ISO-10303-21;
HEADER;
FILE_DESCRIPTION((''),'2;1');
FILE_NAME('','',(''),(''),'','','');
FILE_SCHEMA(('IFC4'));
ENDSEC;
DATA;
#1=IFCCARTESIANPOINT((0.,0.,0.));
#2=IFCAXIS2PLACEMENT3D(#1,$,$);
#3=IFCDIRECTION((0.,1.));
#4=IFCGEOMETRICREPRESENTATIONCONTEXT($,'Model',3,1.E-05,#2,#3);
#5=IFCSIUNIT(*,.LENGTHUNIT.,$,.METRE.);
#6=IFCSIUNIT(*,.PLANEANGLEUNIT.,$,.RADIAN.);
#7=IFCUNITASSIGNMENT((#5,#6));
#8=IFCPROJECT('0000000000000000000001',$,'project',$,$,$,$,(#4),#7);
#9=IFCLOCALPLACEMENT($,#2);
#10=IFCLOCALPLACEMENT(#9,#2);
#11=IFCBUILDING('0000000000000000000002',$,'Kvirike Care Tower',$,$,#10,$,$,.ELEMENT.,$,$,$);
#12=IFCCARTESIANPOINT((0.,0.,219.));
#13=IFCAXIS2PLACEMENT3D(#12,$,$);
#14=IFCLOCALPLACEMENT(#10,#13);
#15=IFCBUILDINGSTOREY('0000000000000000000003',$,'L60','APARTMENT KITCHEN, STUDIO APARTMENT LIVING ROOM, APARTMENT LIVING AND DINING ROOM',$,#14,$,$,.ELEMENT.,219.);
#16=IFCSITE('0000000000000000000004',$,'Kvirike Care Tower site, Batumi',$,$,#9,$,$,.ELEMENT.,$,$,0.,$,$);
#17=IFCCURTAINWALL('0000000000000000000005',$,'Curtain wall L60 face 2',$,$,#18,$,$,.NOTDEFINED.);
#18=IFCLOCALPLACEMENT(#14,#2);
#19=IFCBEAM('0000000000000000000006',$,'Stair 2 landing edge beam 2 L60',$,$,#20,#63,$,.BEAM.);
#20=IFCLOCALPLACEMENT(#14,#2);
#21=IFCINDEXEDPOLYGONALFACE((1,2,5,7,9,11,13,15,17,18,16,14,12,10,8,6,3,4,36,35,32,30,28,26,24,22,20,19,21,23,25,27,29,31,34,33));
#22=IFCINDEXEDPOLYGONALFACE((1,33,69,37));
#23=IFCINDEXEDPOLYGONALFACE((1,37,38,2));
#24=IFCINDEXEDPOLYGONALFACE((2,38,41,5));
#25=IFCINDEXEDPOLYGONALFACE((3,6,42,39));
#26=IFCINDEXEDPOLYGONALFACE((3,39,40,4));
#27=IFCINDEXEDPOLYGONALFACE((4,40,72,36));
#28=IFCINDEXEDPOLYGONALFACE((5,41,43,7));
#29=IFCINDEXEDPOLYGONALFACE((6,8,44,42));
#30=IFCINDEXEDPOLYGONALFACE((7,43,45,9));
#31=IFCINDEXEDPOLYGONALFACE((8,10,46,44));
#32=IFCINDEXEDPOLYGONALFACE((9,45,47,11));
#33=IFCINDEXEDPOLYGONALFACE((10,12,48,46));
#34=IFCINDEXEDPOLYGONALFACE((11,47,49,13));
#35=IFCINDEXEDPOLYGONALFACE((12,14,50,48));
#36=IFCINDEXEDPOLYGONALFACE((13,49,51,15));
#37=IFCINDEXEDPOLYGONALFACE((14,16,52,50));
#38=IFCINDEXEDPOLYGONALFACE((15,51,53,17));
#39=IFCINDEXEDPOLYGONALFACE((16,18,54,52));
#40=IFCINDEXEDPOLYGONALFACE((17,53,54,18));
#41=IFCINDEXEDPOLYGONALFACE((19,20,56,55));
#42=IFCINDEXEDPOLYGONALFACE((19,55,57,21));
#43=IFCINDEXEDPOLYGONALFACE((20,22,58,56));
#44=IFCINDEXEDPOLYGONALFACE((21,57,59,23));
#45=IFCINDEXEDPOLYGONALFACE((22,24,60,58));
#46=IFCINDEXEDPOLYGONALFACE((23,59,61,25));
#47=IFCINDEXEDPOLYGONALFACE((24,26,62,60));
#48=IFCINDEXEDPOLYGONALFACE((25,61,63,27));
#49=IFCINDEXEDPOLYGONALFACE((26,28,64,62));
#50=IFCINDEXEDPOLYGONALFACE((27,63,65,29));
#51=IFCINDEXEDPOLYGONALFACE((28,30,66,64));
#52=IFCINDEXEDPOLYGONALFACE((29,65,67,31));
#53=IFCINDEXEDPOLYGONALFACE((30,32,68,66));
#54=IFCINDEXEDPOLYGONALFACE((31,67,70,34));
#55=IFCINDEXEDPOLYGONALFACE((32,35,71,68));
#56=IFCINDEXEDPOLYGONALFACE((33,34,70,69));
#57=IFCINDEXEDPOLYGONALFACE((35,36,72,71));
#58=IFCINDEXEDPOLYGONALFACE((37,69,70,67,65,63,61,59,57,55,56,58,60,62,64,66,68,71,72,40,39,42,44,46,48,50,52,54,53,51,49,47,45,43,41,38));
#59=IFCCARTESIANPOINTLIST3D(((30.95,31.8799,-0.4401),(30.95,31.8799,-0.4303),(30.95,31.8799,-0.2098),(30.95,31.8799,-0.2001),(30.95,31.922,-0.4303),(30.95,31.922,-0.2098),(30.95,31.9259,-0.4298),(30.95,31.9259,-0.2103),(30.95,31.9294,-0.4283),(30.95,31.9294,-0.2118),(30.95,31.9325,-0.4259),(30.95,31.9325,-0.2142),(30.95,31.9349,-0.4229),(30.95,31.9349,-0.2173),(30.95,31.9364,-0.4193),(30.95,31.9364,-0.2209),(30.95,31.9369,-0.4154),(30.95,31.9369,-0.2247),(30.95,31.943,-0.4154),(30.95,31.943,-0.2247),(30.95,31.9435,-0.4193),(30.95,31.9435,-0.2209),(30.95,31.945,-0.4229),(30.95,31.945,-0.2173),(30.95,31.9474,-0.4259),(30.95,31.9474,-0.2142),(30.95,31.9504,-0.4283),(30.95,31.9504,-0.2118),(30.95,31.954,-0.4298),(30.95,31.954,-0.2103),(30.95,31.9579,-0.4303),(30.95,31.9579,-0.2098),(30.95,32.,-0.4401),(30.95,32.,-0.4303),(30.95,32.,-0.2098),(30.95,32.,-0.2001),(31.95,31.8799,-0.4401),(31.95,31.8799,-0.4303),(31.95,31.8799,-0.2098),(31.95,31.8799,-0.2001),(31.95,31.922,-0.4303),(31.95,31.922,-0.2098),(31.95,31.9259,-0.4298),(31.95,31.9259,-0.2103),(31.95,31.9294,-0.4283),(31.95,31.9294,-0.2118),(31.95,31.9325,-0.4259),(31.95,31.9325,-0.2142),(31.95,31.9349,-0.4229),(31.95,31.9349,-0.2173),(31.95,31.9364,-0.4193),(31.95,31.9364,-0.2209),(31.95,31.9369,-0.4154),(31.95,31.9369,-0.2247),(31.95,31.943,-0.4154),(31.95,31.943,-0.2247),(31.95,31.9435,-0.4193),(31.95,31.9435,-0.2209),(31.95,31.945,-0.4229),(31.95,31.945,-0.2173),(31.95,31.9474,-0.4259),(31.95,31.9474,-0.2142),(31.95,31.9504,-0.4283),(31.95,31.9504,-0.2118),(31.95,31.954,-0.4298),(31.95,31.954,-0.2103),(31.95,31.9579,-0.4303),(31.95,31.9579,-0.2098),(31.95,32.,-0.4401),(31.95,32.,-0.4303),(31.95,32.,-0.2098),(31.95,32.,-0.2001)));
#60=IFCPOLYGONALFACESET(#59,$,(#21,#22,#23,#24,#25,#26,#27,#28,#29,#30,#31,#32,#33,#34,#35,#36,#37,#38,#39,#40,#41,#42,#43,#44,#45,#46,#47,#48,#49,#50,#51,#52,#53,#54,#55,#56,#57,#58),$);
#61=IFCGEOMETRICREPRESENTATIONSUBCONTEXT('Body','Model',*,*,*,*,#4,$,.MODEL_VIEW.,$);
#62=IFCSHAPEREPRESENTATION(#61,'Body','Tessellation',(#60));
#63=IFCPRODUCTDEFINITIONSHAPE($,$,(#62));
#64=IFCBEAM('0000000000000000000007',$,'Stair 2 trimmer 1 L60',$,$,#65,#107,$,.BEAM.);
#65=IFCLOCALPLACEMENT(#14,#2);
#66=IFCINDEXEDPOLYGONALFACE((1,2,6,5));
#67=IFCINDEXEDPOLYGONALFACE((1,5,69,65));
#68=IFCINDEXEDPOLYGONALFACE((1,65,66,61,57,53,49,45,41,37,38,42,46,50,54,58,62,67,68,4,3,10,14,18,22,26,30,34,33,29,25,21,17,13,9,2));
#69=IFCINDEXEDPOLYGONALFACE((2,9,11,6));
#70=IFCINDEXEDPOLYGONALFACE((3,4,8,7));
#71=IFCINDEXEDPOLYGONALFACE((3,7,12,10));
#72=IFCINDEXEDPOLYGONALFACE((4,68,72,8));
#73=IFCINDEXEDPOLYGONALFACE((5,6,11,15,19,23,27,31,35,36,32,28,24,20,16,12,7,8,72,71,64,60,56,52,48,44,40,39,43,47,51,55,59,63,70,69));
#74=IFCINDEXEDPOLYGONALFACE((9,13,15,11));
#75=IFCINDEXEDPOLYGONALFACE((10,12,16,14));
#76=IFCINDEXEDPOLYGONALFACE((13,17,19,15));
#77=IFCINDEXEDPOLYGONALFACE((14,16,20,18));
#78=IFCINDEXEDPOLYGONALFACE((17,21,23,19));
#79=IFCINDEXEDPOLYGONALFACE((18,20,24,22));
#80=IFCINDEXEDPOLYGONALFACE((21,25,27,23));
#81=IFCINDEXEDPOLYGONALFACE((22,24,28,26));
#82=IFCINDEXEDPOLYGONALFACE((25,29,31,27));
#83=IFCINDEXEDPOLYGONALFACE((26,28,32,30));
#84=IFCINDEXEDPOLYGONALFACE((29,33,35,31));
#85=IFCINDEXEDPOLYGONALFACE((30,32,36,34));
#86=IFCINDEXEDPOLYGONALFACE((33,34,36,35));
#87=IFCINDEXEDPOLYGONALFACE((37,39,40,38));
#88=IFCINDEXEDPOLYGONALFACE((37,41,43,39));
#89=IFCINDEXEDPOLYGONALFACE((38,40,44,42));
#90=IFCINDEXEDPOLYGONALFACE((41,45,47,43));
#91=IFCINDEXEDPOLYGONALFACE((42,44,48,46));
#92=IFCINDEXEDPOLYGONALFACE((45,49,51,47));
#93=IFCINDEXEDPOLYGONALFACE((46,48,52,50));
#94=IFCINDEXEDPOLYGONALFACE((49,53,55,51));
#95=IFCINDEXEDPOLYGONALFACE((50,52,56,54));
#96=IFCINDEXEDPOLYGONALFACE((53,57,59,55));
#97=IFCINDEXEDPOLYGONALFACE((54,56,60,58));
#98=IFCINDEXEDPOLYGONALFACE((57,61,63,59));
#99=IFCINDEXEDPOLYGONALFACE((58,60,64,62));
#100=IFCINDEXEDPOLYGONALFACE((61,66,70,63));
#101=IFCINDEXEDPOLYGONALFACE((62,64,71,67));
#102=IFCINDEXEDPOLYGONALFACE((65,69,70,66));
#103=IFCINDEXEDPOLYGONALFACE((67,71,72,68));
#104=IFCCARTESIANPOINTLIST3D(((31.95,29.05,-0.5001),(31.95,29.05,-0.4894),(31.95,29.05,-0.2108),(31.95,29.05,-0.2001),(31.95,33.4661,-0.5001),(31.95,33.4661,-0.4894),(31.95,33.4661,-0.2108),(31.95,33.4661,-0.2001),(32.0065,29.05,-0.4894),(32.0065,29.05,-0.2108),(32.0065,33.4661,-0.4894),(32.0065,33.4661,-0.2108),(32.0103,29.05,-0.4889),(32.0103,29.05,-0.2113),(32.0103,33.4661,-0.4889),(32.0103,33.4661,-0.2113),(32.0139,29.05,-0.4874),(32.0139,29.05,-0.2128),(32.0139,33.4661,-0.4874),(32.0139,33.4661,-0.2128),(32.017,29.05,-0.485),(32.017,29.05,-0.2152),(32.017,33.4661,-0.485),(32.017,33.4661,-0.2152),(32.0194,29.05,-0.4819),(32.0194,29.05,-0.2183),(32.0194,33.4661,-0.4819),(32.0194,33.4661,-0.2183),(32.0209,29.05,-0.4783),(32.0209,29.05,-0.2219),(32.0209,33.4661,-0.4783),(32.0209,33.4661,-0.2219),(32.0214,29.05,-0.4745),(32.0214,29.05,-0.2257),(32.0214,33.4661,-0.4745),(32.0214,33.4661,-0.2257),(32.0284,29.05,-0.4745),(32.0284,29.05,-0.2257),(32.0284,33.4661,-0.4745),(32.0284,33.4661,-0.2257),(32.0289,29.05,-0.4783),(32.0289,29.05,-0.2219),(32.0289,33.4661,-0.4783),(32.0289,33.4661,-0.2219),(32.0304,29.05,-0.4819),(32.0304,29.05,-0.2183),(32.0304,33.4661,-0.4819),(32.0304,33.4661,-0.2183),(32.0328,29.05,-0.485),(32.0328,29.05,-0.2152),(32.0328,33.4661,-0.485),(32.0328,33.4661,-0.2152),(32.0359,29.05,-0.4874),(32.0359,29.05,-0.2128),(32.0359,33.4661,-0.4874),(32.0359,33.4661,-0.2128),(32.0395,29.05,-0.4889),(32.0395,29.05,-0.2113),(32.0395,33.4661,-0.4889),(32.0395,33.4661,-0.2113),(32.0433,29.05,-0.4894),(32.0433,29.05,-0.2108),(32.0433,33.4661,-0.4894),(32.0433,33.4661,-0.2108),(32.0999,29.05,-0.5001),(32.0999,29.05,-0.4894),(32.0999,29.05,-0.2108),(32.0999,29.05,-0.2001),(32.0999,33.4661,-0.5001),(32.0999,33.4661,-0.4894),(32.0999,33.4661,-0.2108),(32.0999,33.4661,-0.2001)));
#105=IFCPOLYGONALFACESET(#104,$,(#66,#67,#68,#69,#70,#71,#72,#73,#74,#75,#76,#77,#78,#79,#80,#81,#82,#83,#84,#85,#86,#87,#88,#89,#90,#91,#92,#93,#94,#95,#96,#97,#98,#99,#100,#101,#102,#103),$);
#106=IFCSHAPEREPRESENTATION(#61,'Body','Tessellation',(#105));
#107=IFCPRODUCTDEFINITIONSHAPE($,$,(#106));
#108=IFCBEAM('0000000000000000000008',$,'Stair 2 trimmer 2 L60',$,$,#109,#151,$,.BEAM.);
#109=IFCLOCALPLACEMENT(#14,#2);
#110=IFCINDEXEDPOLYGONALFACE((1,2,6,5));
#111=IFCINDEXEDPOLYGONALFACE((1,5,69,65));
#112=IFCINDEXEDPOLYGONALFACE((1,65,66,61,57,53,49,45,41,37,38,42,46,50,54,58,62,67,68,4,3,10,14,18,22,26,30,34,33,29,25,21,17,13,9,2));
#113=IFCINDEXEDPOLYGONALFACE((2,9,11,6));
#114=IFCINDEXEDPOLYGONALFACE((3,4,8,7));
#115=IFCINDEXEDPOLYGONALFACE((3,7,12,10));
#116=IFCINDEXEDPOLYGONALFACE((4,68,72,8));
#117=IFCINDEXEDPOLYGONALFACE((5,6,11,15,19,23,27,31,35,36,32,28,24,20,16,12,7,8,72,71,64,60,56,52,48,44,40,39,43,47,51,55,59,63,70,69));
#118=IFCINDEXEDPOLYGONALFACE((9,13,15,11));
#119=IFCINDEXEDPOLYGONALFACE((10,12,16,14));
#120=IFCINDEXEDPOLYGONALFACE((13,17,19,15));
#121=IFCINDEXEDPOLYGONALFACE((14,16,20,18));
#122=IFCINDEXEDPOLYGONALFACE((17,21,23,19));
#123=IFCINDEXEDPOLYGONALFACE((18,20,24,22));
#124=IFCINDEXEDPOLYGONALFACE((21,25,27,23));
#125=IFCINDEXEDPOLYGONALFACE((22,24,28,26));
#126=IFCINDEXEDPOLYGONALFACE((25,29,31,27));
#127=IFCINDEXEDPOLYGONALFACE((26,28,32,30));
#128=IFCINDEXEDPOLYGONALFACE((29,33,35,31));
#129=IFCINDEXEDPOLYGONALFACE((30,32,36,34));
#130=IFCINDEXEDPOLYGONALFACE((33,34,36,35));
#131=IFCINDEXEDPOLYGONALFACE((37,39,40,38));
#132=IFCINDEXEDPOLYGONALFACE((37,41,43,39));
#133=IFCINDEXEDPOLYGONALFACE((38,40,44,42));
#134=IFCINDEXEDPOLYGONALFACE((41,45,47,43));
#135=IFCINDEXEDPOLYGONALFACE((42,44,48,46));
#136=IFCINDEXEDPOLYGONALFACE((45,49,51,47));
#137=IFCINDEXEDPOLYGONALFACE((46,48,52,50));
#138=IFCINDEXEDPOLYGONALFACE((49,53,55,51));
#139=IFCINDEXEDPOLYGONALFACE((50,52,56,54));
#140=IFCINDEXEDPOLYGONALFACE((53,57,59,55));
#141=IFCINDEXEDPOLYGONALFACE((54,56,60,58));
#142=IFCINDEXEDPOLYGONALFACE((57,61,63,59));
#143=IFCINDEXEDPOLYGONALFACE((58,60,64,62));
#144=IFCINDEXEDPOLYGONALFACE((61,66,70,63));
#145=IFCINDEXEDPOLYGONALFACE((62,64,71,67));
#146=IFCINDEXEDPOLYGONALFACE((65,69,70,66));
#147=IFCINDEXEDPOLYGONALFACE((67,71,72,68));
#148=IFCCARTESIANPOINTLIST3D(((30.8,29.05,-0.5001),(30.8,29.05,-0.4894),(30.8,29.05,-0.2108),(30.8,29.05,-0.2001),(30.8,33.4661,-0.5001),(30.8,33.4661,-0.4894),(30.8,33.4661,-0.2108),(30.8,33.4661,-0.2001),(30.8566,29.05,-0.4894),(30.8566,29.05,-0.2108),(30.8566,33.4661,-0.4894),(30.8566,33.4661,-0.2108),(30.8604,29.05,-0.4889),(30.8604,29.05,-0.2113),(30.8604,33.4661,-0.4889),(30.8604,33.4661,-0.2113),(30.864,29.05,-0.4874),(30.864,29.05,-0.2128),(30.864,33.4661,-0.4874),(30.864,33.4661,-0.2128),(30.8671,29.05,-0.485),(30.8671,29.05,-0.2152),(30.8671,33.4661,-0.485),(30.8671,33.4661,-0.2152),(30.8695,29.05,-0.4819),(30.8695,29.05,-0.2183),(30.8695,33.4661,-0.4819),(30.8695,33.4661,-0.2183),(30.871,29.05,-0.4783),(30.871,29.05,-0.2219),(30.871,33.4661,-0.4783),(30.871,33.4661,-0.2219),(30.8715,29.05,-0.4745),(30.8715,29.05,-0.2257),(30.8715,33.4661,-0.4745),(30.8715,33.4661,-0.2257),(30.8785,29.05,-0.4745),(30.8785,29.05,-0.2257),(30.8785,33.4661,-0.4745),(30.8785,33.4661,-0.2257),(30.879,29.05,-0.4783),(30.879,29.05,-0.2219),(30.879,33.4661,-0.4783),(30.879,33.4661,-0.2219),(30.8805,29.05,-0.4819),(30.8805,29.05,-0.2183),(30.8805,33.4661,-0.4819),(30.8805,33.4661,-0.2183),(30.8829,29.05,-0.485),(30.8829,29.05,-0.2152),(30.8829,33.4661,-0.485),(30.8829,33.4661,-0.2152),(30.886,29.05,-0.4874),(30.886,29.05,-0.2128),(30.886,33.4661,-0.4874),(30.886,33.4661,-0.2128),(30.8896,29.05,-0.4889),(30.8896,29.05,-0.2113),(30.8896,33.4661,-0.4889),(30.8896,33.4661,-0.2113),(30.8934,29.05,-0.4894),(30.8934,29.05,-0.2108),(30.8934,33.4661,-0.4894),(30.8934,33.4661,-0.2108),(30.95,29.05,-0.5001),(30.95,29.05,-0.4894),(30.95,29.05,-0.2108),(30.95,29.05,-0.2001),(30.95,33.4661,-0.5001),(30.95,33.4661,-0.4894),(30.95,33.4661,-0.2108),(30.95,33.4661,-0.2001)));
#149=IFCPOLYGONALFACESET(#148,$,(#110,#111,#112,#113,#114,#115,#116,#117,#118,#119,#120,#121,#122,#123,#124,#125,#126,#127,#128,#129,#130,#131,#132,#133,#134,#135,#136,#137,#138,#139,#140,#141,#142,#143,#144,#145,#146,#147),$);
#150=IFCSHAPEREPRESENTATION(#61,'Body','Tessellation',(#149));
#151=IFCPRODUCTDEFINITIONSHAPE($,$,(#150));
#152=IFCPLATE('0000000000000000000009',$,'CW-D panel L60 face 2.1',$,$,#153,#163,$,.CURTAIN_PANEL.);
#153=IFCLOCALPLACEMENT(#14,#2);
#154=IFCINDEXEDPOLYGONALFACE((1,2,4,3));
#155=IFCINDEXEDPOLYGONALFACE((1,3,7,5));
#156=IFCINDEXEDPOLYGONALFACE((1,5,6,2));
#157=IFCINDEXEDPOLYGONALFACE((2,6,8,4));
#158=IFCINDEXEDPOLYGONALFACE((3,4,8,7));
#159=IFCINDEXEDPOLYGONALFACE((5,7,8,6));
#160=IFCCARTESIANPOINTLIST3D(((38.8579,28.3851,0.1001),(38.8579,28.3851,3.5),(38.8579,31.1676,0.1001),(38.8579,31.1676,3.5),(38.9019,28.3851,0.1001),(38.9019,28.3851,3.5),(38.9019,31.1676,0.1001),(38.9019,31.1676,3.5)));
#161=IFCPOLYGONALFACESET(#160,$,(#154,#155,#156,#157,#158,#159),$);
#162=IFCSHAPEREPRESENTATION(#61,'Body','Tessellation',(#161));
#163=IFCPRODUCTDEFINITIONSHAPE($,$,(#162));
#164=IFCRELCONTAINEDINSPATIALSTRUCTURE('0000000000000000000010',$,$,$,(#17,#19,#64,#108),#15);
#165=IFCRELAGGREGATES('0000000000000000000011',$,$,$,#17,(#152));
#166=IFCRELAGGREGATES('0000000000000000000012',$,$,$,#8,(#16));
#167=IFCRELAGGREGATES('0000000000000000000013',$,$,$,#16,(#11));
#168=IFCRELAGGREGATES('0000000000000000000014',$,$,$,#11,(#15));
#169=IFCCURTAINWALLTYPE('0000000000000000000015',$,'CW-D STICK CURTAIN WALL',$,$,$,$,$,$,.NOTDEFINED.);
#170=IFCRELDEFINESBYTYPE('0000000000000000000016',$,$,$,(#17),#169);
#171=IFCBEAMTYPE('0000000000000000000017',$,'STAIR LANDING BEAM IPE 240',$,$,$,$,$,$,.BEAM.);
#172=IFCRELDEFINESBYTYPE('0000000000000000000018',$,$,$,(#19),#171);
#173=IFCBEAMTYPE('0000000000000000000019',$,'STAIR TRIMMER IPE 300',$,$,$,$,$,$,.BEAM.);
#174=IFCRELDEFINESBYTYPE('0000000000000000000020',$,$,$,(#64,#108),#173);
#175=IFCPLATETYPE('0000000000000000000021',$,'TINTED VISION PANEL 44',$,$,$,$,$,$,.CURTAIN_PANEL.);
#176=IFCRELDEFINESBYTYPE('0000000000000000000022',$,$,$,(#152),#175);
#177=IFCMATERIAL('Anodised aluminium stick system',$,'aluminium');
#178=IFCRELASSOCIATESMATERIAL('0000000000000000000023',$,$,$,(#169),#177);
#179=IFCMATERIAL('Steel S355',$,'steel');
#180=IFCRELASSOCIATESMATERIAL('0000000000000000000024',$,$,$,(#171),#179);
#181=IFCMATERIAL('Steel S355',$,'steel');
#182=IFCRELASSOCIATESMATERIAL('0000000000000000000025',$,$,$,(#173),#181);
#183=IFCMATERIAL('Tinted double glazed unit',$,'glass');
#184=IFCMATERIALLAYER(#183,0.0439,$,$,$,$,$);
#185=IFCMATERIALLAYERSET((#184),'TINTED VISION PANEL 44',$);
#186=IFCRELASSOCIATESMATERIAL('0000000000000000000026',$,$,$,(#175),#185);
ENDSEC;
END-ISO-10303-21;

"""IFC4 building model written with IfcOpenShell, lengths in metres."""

from ifc_helpers import new_model, si_unit, direction, frame, origin, origin_2d, place, context, subcontext, project, spatial, rectangle, i_section, extrude, material, layer, layer_set, material_profile, profile_set, type_object, element, aggregate, save


model = new_model("IFC4")

# Units and contexts
model_context = context("Model", 3, precision=1e-05, world=origin(), true_north=direction((0.0, 1.0)))
body_context = subcontext(model_context, "Body", "Model", "MODEL_VIEW")
ifc_project = project(units=[si_unit("LENGTHUNIT", "METRE"), si_unit("PLANEANGLEUNIT", "RADIAN")], contexts=[model_context])

# Site, building, storey
site_placement = place(None, origin())
site = spatial("IfcSite", under=ifc_project, at=site_placement, Name="Kvirike Care Tower site, Batumi", CompositionType="ELEMENT", RefElevation=0.0)
building_placement = place(site_placement, origin())
building = spatial("IfcBuilding", under=site, at=building_placement, Name="Kvirike Care Tower", CompositionType="ELEMENT")
storey_placement = place(building_placement, frame((0.0, 0.0, 219.0)))
storey = spatial("IfcBuildingStorey", under=building, at=storey_placement, Name="L60", Description="APARTMENT KITCHEN, STUDIO APARTMENT LIVING ROOM, APARTMENT LIVING AND DINING ROOM", CompositionType="ELEMENT", Elevation=219.0)

# Shared definitions
ifc_material_1 = material(Name="Anodised aluminium stick system", Category="aluminium")
curtain_wall_type = type_object("IfcCurtainWallType", Name="CW-D STICK CURTAIN WALL", PredefinedType="NOTDEFINED", material=ifc_material_1)

# Curtain wall
curtain_wall_1_placement = place(storey_placement, origin())
curtain_wall_1 = element("IfcCurtainWall", 1, at=curtain_wall_1_placement, inside=storey, type_object=curtain_wall_type, Name="Curtain wall L60 face 2", PredefinedType="NOTDEFINED")

# Beams
ifc_material_2 = material(Name="Steel S355", Category="steel")
ifc_material_profile_1 = material_profile(ifc_material_2, i_section(OverallWidth=0.1201, OverallDepth=0.24, WebThickness=0.0061, FlangeThickness=0.0098, FilletRadius=0.0149, at=origin_2d()), Name="IPE 240")
ifc_profile_set_1 = profile_set([ifc_material_profile_1], Name="Steel S355")
beam_type_1 = type_object("IfcBeamType", Name="STAIR LANDING BEAM IPE 240", PredefinedType="BEAM", material=ifc_profile_set_1)
for number, where, z_axis, x_axis, name in (
    (2, (31.95, 31.9399, -0.3201), (-1.0, 0.0, 0.0), (0.0, -1.0, 0.0), "Stair 2 landing edge beam 2 L60"),
):
    element("IfcBeam", number, at=place(storey_placement, frame(where, z_axis=z_axis, x_axis=x_axis)), inside=storey, type_object=beam_type_1, Name=name, PredefinedType="BEAM", context=body_context, shape_type="SweptSolid", body=[
        extrude(i_section(OverallWidth=0.1201, OverallDepth=0.24, WebThickness=0.0061, FlangeThickness=0.0098, FilletRadius=0.0149, at=origin_2d()), origin(), (0.0, 0.0, 1.0), 1.0),
    ])
ifc_material_3 = material(Name="Steel S355", Category="steel")
ifc_material_profile_2 = material_profile(ifc_material_3, i_section(OverallWidth=0.1499, OverallDepth=0.3, WebThickness=0.0071, FlangeThickness=0.0107, FilletRadius=0.0149, at=origin_2d()), Name="IPE 300")
ifc_profile_set_2 = profile_set([ifc_material_profile_2], Name="Steel S355")
beam_type_2 = type_object("IfcBeamType", Name="STAIR TRIMMER IPE 300", PredefinedType="BEAM", material=ifc_profile_set_2)
for number, where, z_axis, x_axis, name in (
    (3, (32.0249, 29.05, -0.3501), (0.0, 1.0, 0.0), (-1.0, 0.0, 0.0), "Stair 2 trimmer 1 L60"),
    (4, (30.875, 29.05, -0.3501), (0.0, 1.0, 0.0), (-1.0, 0.0, 0.0), "Stair 2 trimmer 2 L60"),
):
    element("IfcBeam", number, at=place(storey_placement, frame(where, z_axis=z_axis, x_axis=x_axis)), inside=storey, type_object=beam_type_2, Name=name, PredefinedType="BEAM", context=body_context, shape_type="SweptSolid", body=[
        extrude(i_section(OverallWidth=0.1499, OverallDepth=0.3, WebThickness=0.0071, FlangeThickness=0.0107, FilletRadius=0.0149, at=origin_2d()), origin(), (0.0, 0.0, 1.0), 4.416),
    ])

# Plate
ifc_material_4 = material(Name="Tinted double glazed unit", Category="glass")
ifc_layer_1 = layer(ifc_material_4, 0.0439)
ifc_layer_set_1 = layer_set([ifc_layer_1], Name="TINTED VISION PANEL 44")
plate_type = type_object("IfcPlateType", Name="TINTED VISION PANEL 44", PredefinedType="CURTAIN_PANEL", material=ifc_layer_set_1)
plate_placement = place(storey_placement, frame((38.8799, 29.7764, 0.1001), z_axis=(0.0, 0.0, 1.0), x_axis=(0.0, 1.0, 0.0)))
plate = element("IfcPlate", 5, at=plate_placement, type_object=plate_type, Name="CW-D panel L60 face 2.1", PredefinedType="CURTAIN_PANEL", context=body_context, shape_type="SweptSolid", body=[
    extrude(rectangle(XDim=2.7825, YDim=0.0439, at=origin_2d()), origin(), (0.0, 0.0, 1.0), 3.3999),
])
aggregate(curtain_wall_1, [plate])

save(model, "model.ifc")
